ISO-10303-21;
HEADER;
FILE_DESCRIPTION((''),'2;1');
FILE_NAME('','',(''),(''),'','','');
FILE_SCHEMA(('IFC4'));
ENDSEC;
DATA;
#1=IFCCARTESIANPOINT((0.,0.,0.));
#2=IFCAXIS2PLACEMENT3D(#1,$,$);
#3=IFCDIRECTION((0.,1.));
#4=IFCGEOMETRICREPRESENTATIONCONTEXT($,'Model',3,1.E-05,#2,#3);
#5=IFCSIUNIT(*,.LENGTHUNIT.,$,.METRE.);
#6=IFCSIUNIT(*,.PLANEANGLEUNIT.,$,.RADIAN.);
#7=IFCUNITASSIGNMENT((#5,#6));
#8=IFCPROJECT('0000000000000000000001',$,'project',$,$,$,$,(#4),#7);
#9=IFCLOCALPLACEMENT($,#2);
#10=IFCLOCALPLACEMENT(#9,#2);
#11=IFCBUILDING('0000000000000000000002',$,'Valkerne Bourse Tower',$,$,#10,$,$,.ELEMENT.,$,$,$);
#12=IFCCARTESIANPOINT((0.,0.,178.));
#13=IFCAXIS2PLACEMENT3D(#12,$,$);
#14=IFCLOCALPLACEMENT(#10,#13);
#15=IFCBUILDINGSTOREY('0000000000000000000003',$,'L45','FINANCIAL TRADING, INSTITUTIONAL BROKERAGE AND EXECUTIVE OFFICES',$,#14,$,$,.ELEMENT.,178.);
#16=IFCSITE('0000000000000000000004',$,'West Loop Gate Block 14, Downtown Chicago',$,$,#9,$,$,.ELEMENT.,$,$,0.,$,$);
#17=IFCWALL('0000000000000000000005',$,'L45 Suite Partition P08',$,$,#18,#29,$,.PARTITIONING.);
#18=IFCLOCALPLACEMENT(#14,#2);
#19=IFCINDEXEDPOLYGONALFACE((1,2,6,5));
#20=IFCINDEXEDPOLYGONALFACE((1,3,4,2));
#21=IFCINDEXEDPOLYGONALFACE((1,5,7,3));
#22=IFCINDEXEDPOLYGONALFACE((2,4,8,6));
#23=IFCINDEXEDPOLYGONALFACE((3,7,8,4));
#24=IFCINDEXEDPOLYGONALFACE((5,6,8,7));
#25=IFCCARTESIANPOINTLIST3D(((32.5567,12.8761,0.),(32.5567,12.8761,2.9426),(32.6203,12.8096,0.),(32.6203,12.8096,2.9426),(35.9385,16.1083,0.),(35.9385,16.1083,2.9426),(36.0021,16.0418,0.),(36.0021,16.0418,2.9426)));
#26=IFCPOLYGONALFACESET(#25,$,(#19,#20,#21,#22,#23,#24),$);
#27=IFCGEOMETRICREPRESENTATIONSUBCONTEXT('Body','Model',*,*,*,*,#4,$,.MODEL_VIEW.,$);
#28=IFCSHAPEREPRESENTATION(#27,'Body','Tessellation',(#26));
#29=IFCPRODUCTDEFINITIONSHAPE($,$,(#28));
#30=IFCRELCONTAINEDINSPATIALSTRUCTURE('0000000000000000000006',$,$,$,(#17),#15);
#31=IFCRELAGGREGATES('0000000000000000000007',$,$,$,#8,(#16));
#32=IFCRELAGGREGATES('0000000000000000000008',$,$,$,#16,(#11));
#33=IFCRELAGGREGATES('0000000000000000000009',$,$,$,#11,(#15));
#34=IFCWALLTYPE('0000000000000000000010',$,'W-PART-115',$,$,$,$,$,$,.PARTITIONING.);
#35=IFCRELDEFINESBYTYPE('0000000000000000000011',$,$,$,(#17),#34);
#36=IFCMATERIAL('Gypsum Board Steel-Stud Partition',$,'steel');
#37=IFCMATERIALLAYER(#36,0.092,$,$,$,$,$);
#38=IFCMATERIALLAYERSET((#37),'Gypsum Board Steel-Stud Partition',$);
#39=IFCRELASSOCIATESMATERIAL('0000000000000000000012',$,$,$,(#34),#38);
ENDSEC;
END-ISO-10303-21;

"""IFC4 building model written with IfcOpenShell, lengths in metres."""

from ifc_helpers import new_model, si_unit, direction, frame, frame_2d, origin, place, context, subcontext, project, spatial, rectangle, extrude, material, layer, layer_set, type_object, element, save


model = new_model("IFC4")

# Units and contexts
model_context = context("Model", 3, precision=1e-05, world=origin(), true_north=direction((0.0, 1.0)))
body_context = subcontext(model_context, "Body", "Model", "MODEL_VIEW")
ifc_project = project(units=[si_unit("LENGTHUNIT", "METRE"), si_unit("PLANEANGLEUNIT", "RADIAN")], contexts=[model_context])

# Site, building, storey
site_placement = place(None, origin())
site = spatial("IfcSite", under=ifc_project, at=site_placement, Name="West Loop Gate Block 14, Downtown Chicago", CompositionType="ELEMENT", RefElevation=0.0)
building_placement = place(site_placement, origin())
building = spatial("IfcBuilding", under=site, at=building_placement, Name="Valkerne Bourse Tower", CompositionType="ELEMENT")
storey_placement = place(building_placement, frame((0.0, 0.0, 178.0)))
storey = spatial("IfcBuildingStorey", under=building, at=storey_placement, Name="L45", Description="FINANCIAL TRADING, INSTITUTIONAL BROKERAGE AND EXECUTIVE OFFICES", CompositionType="ELEMENT", Elevation=178.0)

# Wall
ifc_material_1 = material(Name="Gypsum Board Steel-Stud Partition", Category="steel")
ifc_layer_1 = layer(ifc_material_1, 0.092)
ifc_layer_set_1 = layer_set([ifc_layer_1], Name="Gypsum Board Steel-Stud Partition")
wall_type_1 = type_object("IfcWallType", Name="W-PART-115", PredefinedType="PARTITIONING", material=ifc_layer_set_1)
wall_1_placement = place(storey_placement, frame((35.9702, 16.075, 0.0), z_axis=(0.0, 0.0, 1.0), x_axis=(-0.722922, -0.69093, 0.0)))
element("IfcWall", 1, at=wall_1_placement, inside=storey, type_object=wall_type_1, Name="L45 Suite Partition P08", PredefinedType="PARTITIONING", context=body_context, shape_type="SweptSolid", body=[
    extrude(rectangle(XDim=4.678, YDim=0.092, at=frame_2d((2.3389, 0.0))), origin(), (0.0, 0.0, 1.0), 2.9426),
])

save(model, "model.ifc")
